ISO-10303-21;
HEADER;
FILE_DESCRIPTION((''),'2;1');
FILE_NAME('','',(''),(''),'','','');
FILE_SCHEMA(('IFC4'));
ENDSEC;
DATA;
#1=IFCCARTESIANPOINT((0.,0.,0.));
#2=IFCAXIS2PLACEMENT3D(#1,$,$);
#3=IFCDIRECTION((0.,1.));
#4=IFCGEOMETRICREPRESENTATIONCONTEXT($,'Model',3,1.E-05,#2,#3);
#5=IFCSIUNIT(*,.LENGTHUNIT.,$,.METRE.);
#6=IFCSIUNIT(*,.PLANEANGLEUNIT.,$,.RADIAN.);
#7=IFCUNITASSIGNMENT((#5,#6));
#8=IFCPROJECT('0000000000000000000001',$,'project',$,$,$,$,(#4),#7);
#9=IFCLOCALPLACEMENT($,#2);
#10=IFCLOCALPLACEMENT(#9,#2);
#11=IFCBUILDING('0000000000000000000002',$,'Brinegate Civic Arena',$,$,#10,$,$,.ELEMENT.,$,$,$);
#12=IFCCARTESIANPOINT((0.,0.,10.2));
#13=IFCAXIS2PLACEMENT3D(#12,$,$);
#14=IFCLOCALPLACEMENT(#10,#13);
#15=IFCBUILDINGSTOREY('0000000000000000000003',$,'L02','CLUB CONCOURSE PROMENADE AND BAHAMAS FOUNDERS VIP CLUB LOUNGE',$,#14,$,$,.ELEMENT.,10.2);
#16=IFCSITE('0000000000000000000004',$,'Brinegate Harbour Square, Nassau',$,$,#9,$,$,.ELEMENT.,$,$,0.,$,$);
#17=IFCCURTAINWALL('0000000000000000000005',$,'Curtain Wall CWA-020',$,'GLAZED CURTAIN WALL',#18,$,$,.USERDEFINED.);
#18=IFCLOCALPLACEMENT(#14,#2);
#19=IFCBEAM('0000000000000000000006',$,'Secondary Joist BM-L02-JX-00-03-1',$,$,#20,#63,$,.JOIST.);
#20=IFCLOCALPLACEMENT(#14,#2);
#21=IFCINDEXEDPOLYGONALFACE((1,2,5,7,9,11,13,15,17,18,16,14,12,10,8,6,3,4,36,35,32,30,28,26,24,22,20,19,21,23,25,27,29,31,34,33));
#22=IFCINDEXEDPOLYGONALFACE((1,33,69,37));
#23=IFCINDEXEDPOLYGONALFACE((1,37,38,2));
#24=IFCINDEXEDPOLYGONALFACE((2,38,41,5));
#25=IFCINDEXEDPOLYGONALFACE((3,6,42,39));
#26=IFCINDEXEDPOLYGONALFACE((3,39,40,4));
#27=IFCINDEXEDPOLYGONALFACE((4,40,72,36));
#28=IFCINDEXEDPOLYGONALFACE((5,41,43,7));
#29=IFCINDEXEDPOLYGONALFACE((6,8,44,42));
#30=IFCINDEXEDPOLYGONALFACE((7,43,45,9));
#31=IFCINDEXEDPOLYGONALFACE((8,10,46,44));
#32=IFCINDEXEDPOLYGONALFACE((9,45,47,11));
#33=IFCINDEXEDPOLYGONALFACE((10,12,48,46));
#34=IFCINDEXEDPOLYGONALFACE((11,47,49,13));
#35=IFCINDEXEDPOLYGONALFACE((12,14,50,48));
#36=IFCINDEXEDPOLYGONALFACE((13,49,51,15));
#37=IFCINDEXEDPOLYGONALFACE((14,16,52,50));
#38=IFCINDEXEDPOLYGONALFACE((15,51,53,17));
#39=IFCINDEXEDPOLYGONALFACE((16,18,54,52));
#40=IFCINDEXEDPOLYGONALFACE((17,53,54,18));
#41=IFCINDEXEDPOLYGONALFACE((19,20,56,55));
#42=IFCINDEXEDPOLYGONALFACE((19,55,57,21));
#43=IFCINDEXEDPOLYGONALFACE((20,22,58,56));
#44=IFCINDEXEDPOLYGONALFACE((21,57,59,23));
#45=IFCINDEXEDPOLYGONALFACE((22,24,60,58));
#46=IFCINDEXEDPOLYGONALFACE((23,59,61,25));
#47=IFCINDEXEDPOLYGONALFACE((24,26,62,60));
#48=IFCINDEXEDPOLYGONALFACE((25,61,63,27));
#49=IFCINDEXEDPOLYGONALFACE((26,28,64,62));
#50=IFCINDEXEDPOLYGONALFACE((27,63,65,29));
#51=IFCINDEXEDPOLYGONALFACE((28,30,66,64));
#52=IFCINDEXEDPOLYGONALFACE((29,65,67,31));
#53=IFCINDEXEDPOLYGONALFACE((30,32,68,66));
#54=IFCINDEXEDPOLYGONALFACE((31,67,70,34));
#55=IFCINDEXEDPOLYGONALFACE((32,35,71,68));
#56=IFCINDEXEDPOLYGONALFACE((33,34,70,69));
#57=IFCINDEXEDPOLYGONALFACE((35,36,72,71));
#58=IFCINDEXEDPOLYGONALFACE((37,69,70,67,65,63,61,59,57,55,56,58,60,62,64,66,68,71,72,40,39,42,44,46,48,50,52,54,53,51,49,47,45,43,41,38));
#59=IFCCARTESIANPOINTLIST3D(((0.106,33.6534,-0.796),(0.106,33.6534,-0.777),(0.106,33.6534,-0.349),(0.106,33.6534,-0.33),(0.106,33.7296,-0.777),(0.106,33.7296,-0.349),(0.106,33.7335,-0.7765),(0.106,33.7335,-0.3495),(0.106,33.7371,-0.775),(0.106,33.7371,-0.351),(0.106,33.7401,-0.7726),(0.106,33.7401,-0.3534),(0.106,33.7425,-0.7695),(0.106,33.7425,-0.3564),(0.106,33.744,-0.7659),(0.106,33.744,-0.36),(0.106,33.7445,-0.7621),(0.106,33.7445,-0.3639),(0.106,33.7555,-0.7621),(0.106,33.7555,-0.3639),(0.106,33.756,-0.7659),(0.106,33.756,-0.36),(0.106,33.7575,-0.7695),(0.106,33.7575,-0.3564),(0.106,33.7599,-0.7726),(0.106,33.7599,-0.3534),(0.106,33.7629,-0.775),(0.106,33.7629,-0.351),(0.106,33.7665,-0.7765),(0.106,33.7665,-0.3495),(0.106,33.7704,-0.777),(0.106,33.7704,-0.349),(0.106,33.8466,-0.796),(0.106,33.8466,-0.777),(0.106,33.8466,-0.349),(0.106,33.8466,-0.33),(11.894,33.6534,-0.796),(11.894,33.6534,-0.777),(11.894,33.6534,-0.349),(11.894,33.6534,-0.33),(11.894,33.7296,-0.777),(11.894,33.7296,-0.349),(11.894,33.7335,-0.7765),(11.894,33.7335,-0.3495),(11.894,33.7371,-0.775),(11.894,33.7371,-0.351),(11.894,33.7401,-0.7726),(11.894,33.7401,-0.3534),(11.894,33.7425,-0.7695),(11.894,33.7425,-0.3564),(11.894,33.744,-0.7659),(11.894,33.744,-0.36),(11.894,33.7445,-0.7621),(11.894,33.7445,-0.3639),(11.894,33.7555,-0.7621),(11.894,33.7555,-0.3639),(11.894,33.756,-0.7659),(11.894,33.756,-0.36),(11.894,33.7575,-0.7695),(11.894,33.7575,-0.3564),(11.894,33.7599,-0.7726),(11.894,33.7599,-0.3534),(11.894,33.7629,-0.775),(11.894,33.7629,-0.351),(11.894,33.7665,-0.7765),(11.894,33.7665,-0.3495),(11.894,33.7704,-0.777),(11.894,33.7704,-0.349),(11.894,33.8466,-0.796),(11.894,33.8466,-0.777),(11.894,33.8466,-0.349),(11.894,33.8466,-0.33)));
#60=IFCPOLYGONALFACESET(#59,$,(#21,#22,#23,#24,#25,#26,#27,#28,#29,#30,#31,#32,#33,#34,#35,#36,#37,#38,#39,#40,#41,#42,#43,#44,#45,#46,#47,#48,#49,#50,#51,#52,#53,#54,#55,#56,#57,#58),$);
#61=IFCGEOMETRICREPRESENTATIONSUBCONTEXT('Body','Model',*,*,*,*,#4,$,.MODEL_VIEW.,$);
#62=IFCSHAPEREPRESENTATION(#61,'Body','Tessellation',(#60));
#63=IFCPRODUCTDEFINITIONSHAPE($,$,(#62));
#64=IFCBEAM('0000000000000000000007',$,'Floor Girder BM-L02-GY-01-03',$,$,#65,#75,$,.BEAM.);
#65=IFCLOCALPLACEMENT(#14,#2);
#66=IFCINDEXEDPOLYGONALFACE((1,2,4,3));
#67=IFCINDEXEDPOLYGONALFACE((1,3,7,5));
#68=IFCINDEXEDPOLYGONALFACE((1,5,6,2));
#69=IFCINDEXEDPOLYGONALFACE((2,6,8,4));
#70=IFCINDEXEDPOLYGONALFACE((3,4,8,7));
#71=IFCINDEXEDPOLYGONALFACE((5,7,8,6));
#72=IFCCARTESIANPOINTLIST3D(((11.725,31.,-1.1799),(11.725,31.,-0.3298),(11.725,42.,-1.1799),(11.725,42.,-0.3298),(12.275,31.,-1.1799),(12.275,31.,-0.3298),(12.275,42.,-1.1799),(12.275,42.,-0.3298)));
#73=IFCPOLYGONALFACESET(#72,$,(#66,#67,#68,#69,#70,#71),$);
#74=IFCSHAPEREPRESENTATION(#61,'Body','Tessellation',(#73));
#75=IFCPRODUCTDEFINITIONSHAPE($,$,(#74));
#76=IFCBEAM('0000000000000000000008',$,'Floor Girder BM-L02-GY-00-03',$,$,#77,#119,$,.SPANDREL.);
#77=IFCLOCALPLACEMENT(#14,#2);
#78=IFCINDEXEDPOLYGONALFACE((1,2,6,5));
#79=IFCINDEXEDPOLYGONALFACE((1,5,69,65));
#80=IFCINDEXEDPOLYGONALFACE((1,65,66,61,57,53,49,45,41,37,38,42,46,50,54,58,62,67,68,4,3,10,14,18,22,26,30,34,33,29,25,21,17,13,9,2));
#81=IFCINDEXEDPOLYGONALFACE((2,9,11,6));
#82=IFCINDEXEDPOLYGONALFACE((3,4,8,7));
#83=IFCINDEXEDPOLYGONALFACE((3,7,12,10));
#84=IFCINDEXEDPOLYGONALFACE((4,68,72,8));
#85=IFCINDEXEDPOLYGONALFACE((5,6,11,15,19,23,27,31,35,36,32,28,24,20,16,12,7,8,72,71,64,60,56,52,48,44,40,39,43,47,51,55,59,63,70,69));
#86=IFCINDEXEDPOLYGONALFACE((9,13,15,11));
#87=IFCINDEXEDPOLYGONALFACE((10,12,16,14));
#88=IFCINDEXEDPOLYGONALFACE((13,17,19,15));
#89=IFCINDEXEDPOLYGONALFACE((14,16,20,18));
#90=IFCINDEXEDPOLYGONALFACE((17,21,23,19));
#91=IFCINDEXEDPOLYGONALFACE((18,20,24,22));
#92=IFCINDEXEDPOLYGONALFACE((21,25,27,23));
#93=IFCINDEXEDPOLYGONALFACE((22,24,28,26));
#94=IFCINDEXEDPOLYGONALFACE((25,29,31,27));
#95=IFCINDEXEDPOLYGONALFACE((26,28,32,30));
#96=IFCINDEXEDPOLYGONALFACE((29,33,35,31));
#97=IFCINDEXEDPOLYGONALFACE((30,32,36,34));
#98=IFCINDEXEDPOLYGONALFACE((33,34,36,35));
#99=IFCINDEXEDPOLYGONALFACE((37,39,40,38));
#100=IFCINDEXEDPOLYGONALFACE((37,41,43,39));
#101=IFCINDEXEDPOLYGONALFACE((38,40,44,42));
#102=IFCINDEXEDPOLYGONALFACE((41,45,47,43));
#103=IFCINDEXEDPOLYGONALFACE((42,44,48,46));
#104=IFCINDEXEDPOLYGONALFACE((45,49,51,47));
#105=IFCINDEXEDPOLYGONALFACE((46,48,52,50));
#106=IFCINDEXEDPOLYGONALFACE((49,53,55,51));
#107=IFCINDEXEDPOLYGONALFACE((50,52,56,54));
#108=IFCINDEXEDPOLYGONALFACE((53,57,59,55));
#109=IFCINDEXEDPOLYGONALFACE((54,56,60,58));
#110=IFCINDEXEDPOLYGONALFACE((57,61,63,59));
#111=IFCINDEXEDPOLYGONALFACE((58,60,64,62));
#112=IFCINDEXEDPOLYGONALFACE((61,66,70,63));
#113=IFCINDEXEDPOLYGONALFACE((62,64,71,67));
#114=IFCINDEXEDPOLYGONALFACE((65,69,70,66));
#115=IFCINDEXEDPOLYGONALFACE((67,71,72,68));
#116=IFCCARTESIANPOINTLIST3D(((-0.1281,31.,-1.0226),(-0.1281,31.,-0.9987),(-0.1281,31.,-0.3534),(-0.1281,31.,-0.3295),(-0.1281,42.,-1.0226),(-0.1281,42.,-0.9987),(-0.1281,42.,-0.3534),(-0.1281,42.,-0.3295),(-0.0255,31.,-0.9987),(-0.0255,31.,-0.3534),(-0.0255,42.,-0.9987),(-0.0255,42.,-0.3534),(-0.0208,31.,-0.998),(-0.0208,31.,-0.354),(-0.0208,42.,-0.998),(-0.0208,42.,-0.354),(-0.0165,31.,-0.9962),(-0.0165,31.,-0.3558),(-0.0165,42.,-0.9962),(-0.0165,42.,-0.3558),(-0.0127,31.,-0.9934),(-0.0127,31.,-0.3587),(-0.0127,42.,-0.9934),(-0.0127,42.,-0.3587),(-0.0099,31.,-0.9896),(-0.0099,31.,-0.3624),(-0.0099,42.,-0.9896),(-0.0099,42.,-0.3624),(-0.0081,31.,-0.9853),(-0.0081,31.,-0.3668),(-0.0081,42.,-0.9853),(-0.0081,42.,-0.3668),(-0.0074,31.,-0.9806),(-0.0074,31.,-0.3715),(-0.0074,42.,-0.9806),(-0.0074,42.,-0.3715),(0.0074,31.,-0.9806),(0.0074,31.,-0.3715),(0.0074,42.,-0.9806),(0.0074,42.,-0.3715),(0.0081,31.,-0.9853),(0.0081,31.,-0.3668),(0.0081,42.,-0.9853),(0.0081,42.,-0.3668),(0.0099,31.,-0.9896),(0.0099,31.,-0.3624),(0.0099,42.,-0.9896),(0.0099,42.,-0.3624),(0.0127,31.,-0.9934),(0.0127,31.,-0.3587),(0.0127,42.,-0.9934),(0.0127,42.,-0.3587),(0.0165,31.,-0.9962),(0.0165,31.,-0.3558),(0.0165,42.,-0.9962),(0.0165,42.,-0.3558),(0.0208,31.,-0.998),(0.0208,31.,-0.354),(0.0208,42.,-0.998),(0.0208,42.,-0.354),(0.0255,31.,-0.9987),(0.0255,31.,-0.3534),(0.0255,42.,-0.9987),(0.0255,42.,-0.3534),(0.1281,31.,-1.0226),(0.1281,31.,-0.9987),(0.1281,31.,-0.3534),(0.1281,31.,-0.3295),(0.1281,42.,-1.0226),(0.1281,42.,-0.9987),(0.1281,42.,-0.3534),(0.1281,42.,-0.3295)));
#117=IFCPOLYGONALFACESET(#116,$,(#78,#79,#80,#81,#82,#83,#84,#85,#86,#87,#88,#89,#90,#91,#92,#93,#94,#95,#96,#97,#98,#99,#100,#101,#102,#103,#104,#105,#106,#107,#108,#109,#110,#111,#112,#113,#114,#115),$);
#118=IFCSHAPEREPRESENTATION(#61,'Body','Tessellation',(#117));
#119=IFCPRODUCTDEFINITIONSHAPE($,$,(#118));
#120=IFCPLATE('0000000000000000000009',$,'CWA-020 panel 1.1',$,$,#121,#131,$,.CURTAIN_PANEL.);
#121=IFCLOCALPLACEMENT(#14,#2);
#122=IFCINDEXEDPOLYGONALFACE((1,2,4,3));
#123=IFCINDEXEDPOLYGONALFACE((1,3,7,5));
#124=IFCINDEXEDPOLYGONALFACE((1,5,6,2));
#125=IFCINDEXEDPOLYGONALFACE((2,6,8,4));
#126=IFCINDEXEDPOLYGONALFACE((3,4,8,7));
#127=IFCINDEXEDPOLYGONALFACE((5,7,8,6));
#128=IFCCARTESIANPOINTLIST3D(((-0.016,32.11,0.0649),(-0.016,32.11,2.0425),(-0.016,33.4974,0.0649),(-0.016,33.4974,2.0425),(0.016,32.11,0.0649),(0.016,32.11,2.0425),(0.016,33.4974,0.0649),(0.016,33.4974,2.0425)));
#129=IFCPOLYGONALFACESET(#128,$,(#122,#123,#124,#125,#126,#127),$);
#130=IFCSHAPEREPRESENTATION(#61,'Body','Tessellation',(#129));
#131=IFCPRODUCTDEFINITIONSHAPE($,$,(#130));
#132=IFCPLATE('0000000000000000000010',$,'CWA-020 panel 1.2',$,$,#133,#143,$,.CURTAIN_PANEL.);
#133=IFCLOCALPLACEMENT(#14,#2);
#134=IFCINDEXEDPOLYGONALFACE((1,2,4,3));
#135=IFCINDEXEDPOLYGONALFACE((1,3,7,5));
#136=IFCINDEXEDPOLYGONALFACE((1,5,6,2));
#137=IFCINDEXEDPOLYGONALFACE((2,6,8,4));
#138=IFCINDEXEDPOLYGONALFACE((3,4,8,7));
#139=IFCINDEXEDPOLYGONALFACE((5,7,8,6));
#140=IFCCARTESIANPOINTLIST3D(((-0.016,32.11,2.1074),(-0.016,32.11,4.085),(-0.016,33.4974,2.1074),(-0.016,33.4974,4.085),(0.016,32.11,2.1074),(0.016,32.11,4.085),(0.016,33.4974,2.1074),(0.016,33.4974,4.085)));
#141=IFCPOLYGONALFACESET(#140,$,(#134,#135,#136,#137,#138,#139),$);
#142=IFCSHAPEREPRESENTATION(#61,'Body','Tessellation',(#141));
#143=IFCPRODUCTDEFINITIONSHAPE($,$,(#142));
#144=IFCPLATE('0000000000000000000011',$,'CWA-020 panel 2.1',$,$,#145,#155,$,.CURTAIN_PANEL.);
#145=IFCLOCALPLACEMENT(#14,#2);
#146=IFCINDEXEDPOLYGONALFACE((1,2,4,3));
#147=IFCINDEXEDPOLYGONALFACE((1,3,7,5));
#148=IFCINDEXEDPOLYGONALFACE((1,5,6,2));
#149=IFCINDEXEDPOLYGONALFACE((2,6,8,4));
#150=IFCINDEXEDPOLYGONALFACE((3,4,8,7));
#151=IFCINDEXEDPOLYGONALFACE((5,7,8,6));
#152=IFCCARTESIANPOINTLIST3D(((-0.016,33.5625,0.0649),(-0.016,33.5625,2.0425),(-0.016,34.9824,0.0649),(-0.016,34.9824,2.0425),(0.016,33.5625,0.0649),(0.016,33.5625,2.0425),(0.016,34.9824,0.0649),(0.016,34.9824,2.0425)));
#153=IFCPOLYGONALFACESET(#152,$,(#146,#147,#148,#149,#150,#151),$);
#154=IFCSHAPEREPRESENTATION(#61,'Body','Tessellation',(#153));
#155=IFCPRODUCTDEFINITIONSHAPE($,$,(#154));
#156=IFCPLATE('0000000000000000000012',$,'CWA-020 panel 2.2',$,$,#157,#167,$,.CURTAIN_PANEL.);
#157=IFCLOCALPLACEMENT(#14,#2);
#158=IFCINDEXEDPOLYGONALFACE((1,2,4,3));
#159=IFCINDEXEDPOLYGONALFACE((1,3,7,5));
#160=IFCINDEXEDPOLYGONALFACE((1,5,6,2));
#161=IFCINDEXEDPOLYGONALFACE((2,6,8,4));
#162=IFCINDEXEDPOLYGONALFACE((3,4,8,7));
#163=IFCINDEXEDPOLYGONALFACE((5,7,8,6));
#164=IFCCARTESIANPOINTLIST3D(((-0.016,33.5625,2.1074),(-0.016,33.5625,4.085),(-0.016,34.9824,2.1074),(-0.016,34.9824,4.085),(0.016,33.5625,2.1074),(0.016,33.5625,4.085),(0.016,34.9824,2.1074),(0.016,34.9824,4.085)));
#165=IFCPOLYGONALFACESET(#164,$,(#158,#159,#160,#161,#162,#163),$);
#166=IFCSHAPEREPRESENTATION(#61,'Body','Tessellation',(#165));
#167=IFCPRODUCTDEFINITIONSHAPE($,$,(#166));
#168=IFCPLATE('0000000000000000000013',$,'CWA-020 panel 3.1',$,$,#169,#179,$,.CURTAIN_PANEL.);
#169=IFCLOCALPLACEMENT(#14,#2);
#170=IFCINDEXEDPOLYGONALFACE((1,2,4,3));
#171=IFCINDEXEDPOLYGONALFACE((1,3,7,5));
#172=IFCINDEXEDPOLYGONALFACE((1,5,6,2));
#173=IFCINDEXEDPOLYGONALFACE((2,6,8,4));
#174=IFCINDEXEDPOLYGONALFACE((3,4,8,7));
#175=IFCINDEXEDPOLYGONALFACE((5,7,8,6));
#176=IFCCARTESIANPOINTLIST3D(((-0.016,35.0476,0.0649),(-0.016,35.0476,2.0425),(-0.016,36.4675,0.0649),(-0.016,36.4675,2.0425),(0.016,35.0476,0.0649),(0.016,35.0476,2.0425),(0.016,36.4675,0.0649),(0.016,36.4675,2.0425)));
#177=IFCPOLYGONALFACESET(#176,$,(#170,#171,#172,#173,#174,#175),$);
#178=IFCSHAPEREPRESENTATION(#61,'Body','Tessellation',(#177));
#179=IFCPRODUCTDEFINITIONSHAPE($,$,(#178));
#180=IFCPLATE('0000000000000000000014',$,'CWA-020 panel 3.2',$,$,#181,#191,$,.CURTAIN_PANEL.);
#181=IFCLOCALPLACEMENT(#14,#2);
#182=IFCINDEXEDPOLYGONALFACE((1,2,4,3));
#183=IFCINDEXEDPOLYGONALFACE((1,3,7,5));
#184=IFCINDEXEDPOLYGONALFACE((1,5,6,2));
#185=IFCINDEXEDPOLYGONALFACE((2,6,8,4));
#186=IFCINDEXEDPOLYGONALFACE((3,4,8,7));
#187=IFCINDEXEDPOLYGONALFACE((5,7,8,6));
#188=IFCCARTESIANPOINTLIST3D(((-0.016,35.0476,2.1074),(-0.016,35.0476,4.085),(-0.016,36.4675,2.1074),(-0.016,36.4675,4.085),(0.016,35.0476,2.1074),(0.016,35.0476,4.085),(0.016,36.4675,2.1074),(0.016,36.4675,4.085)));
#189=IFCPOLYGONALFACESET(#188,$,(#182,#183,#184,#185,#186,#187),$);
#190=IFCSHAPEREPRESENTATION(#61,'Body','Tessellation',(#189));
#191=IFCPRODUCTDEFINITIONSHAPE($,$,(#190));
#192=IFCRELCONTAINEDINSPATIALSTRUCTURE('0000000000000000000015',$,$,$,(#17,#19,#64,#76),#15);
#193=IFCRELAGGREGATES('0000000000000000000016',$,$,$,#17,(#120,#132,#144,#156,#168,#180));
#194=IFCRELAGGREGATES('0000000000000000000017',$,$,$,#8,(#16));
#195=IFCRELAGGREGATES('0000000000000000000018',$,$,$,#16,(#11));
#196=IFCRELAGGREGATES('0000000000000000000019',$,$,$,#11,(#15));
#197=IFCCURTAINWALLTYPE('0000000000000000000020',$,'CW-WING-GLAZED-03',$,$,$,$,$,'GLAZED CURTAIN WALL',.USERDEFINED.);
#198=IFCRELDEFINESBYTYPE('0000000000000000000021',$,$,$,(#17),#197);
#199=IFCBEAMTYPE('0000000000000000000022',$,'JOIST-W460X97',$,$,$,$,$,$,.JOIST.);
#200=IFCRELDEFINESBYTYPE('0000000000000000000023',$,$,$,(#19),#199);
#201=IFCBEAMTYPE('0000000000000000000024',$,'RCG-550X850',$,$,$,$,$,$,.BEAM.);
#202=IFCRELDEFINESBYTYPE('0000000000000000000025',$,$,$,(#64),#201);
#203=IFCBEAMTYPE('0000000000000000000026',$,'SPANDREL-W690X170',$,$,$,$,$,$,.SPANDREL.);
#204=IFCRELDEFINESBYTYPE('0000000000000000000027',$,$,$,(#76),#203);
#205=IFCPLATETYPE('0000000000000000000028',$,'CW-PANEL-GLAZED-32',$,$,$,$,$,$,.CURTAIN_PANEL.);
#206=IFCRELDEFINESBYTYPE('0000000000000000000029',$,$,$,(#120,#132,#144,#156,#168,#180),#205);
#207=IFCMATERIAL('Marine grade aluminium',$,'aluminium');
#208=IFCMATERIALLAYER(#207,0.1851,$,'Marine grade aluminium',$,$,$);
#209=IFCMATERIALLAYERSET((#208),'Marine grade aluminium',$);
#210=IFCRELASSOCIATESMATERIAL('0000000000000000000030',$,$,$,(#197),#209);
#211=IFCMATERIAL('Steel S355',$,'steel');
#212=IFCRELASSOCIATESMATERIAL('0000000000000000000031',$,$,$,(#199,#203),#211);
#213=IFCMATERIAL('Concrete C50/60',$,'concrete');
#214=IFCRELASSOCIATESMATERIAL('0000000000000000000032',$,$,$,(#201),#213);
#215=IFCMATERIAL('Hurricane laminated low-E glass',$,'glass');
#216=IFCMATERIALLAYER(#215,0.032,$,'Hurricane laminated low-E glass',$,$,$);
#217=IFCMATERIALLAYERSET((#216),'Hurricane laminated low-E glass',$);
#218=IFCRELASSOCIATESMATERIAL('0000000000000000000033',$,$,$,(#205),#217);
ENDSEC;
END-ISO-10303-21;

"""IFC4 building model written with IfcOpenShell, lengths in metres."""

from ifc_helpers import new_model, si_unit, direction, frame, origin, origin_2d, place, context, subcontext, project, spatial, rectangle, i_section, extrude, material, layer, layer_set, material_profile, profile_set, type_object, element, aggregate, save


model = new_model("IFC4")

# Units and contexts
model_context = context("Model", 3, precision=1e-05, world=origin(), true_north=direction((0.0, 1.0)))
body_context = subcontext(model_context, "Body", "Model", "MODEL_VIEW")
ifc_project = project(units=[si_unit("LENGTHUNIT", "METRE"), si_unit("PLANEANGLEUNIT", "RADIAN")], contexts=[model_context])

# Site, building, storey
site_placement = place(None, origin())
site = spatial("IfcSite", under=ifc_project, at=site_placement, Name="Brinegate Harbour Square, Nassau", CompositionType="ELEMENT", RefElevation=0.0)
building_placement = place(site_placement, origin())
building = spatial("IfcBuilding", under=site, at=building_placement, Name="Brinegate Civic Arena", CompositionType="ELEMENT")
storey_placement = place(building_placement, frame((0.0, 0.0, 10.2)))
storey = spatial("IfcBuildingStorey", under=building, at=storey_placement, Name="L02", Description="CLUB CONCOURSE PROMENADE AND BAHAMAS FOUNDERS VIP CLUB LOUNGE", CompositionType="ELEMENT", Elevation=10.2)

# Shared definitions
ifc_material_1 = material(Name="Concrete C50/60", Category="concrete")

# Curtain wall
ifc_material_2 = material(Name="Marine grade aluminium", Category="aluminium")
ifc_layer_1 = layer(ifc_material_2, 0.1851, Name="Marine grade aluminium")
ifc_layer_set_1 = layer_set([ifc_layer_1], Name="Marine grade aluminium")
curtain_wall_type = type_object("IfcCurtainWallType", Name="CW-WING-GLAZED-03", ElementType="GLAZED CURTAIN WALL", PredefinedType="USERDEFINED", material=ifc_layer_set_1)
curtain_wall_placement = place(storey_placement, origin())
curtain_wall = element("IfcCurtainWall", 1, at=curtain_wall_placement, inside=storey, type_object=curtain_wall_type, Name="Curtain Wall CWA-020", ObjectType="GLAZED CURTAIN WALL", PredefinedType="USERDEFINED")

# Beams
ifc_material_3 = material(Name="Steel S355", Category="steel")
ifc_material_profile_1 = material_profile(ifc_material_3, i_section(OverallWidth=0.1931, OverallDepth=0.4661, WebThickness=0.011, FlangeThickness=0.019, FilletRadius=0.0149, at=origin_2d()), Name="W460X97")
ifc_profile_set_1 = profile_set([ifc_material_profile_1], Name="Steel S355")
beam_type_1 = type_object("IfcBeamType", Name="JOIST-W460X97", PredefinedType="JOIST", material=ifc_profile_set_1)
beam_1_placement = place(storey_placement, frame((0.106, 33.75, -0.563), z_axis=(1.0, 0.0, 0.0), x_axis=(0.0, 1.0, 0.0)))
element("IfcBeam", 2, at=beam_1_placement, inside=storey, type_object=beam_type_1, Name="Secondary Joist BM-L02-JX-00-03-1", PredefinedType="JOIST", context=body_context, shape_type="SweptSolid", body=[
    extrude(i_section(OverallWidth=0.1931, OverallDepth=0.4661, WebThickness=0.011, FlangeThickness=0.019, FilletRadius=0.0149, at=origin_2d()), origin(), (0.0, 0.0, 1.0), 11.7881),
])
ifc_material_profile_2 = material_profile(ifc_material_1, rectangle(XDim=0.55, YDim=0.8501, at=origin_2d()), Name="RCB550X850")
ifc_profile_set_2 = profile_set([ifc_material_profile_2], Name="Concrete C50/60")
beam_type_2 = type_object("IfcBeamType", Name="RCG-550X850", PredefinedType="BEAM", material=ifc_profile_set_2)
beam_2_placement = place(storey_placement, frame((12.0, 31.0, -0.7549), z_axis=(0.0, 1.0, 0.0), x_axis=(-1.0, 0.0, 0.0)))
element("IfcBeam", 3, at=beam_2_placement, inside=storey, type_object=beam_type_2, Name="Floor Girder BM-L02-GY-01-03", PredefinedType="BEAM", context=body_context, shape_type="SweptSolid", body=[
    extrude(rectangle(XDim=0.55, YDim=0.8501, at=origin_2d()), origin(), (0.0, 0.0, 1.0), 11.0),
])
ifc_material_profile_3 = material_profile(ifc_material_3, i_section(OverallWidth=0.2561, OverallDepth=0.6931, WebThickness=0.0149, FlangeThickness=0.0239, FilletRadius=0.0181, at=origin_2d()), Name="W690X170")
ifc_profile_set_3 = profile_set([ifc_material_profile_3], Name="Steel S355")
beam_type_3 = type_object("IfcBeamType", Name="SPANDREL-W690X170", PredefinedType="SPANDREL", material=ifc_profile_set_3)
beam_3_placement = place(storey_placement, frame((0.0, 31.0, -0.676), z_axis=(0.0, 1.0, 0.0), x_axis=(-1.0, 0.0, 0.0)))
element("IfcBeam", 4, at=beam_3_placement, inside=storey, type_object=beam_type_3, Name="Floor Girder BM-L02-GY-00-03", PredefinedType="SPANDREL", context=body_context, shape_type="SweptSolid", body=[
    extrude(i_section(OverallWidth=0.2561, OverallDepth=0.6931, WebThickness=0.0149, FlangeThickness=0.0239, FilletRadius=0.0181, at=origin_2d()), origin(), (0.0, 0.0, 1.0), 11.0),
])

# Plates
ifc_material_4 = material(Name="Hurricane laminated low-E glass", Category="glass")
ifc_layer_2 = layer(ifc_material_4, 0.032, Name="Hurricane laminated low-E glass")
ifc_layer_set_2 = layer_set([ifc_layer_2], Name="Hurricane laminated low-E glass")
plate_type = type_object("IfcPlateType", Name="CW-PANEL-GLAZED-32", PredefinedType="CURTAIN_PANEL", material=ifc_layer_set_2)
plate_1_placement = place(storey_placement, frame((0.0, 32.8037, 0.0649), z_axis=(0.0, 0.0, 1.0), x_axis=(0.0, 1.0, 0.0)))
plate_1 = element("IfcPlate", 5, at=plate_1_placement, type_object=plate_type, Name="CWA-020 panel 1.1", PredefinedType="CURTAIN_PANEL", context=body_context, shape_type="SweptSolid", body=[
    extrude(rectangle(XDim=1.3875, YDim=0.032, at=origin_2d()), origin(), (0.0, 0.0, 1.0), 1.9775),
])
plate_2_placement = place(storey_placement, frame((0.0, 32.8037, 2.1074), z_axis=(0.0, 0.0, 1.0), x_axis=(0.0, 1.0, 0.0)))
plate_2 = element("IfcPlate", 6, at=plate_2_placement, type_object=plate_type, Name="CWA-020 panel 1.2", PredefinedType="CURTAIN_PANEL", context=body_context, shape_type="SweptSolid", body=[
    extrude(rectangle(XDim=1.3875, YDim=0.032, at=origin_2d()), origin(), (0.0, 0.0, 1.0), 1.9775),
])
plate_3_placement = place(storey_placement, frame((0.0, 34.2725, 0.0649), z_axis=(0.0, 0.0, 1.0), x_axis=(0.0, 1.0, 0.0)))
plate_3 = element("IfcPlate", 7, at=plate_3_placement, type_object=plate_type, Name="CWA-020 panel 2.1", PredefinedType="CURTAIN_PANEL", context=body_context, shape_type="SweptSolid", body=[
    extrude(rectangle(XDim=1.4199, YDim=0.032, at=origin_2d()), origin(), (0.0, 0.0, 1.0), 1.9775),
])
plate_4_placement = place(storey_placement, frame((0.0, 34.2725, 2.1074), z_axis=(0.0, 0.0, 1.0), x_axis=(0.0, 1.0, 0.0)))
plate_4 = element("IfcPlate", 8, at=plate_4_placement, type_object=plate_type, Name="CWA-020 panel 2.2", PredefinedType="CURTAIN_PANEL", context=body_context, shape_type="SweptSolid", body=[
    extrude(rectangle(XDim=1.4199, YDim=0.032, at=origin_2d()), origin(), (0.0, 0.0, 1.0), 1.9775),
])
plate_5_placement = place(storey_placement, frame((0.0, 35.7576, 0.0649), z_axis=(0.0, 0.0, 1.0), x_axis=(0.0, 1.0, 0.0)))
plate_5 = element("IfcPlate", 9, at=plate_5_placement, type_object=plate_type, Name="CWA-020 panel 3.1", PredefinedType="CURTAIN_PANEL", context=body_context, shape_type="SweptSolid", body=[
    extrude(rectangle(XDim=1.4199, YDim=0.032, at=origin_2d()), origin(), (0.0, 0.0, 1.0), 1.9775),
])
plate_6_placement = place(storey_placement, frame((0.0, 35.7576, 2.1074), z_axis=(0.0, 0.0, 1.0), x_axis=(0.0, 1.0, 0.0)))
plate_6 = element("IfcPlate", 10, at=plate_6_placement, type_object=plate_type, Name="CWA-020 panel 3.2", PredefinedType="CURTAIN_PANEL", context=body_context, shape_type="SweptSolid", body=[
    extrude(rectangle(XDim=1.4199, YDim=0.032, at=origin_2d()), origin(), (0.0, 0.0, 1.0), 1.9775),
])
aggregate(curtain_wall, [plate_1, plate_2, plate_3, plate_4, plate_5, plate_6])

save(model, "model.ifc")
